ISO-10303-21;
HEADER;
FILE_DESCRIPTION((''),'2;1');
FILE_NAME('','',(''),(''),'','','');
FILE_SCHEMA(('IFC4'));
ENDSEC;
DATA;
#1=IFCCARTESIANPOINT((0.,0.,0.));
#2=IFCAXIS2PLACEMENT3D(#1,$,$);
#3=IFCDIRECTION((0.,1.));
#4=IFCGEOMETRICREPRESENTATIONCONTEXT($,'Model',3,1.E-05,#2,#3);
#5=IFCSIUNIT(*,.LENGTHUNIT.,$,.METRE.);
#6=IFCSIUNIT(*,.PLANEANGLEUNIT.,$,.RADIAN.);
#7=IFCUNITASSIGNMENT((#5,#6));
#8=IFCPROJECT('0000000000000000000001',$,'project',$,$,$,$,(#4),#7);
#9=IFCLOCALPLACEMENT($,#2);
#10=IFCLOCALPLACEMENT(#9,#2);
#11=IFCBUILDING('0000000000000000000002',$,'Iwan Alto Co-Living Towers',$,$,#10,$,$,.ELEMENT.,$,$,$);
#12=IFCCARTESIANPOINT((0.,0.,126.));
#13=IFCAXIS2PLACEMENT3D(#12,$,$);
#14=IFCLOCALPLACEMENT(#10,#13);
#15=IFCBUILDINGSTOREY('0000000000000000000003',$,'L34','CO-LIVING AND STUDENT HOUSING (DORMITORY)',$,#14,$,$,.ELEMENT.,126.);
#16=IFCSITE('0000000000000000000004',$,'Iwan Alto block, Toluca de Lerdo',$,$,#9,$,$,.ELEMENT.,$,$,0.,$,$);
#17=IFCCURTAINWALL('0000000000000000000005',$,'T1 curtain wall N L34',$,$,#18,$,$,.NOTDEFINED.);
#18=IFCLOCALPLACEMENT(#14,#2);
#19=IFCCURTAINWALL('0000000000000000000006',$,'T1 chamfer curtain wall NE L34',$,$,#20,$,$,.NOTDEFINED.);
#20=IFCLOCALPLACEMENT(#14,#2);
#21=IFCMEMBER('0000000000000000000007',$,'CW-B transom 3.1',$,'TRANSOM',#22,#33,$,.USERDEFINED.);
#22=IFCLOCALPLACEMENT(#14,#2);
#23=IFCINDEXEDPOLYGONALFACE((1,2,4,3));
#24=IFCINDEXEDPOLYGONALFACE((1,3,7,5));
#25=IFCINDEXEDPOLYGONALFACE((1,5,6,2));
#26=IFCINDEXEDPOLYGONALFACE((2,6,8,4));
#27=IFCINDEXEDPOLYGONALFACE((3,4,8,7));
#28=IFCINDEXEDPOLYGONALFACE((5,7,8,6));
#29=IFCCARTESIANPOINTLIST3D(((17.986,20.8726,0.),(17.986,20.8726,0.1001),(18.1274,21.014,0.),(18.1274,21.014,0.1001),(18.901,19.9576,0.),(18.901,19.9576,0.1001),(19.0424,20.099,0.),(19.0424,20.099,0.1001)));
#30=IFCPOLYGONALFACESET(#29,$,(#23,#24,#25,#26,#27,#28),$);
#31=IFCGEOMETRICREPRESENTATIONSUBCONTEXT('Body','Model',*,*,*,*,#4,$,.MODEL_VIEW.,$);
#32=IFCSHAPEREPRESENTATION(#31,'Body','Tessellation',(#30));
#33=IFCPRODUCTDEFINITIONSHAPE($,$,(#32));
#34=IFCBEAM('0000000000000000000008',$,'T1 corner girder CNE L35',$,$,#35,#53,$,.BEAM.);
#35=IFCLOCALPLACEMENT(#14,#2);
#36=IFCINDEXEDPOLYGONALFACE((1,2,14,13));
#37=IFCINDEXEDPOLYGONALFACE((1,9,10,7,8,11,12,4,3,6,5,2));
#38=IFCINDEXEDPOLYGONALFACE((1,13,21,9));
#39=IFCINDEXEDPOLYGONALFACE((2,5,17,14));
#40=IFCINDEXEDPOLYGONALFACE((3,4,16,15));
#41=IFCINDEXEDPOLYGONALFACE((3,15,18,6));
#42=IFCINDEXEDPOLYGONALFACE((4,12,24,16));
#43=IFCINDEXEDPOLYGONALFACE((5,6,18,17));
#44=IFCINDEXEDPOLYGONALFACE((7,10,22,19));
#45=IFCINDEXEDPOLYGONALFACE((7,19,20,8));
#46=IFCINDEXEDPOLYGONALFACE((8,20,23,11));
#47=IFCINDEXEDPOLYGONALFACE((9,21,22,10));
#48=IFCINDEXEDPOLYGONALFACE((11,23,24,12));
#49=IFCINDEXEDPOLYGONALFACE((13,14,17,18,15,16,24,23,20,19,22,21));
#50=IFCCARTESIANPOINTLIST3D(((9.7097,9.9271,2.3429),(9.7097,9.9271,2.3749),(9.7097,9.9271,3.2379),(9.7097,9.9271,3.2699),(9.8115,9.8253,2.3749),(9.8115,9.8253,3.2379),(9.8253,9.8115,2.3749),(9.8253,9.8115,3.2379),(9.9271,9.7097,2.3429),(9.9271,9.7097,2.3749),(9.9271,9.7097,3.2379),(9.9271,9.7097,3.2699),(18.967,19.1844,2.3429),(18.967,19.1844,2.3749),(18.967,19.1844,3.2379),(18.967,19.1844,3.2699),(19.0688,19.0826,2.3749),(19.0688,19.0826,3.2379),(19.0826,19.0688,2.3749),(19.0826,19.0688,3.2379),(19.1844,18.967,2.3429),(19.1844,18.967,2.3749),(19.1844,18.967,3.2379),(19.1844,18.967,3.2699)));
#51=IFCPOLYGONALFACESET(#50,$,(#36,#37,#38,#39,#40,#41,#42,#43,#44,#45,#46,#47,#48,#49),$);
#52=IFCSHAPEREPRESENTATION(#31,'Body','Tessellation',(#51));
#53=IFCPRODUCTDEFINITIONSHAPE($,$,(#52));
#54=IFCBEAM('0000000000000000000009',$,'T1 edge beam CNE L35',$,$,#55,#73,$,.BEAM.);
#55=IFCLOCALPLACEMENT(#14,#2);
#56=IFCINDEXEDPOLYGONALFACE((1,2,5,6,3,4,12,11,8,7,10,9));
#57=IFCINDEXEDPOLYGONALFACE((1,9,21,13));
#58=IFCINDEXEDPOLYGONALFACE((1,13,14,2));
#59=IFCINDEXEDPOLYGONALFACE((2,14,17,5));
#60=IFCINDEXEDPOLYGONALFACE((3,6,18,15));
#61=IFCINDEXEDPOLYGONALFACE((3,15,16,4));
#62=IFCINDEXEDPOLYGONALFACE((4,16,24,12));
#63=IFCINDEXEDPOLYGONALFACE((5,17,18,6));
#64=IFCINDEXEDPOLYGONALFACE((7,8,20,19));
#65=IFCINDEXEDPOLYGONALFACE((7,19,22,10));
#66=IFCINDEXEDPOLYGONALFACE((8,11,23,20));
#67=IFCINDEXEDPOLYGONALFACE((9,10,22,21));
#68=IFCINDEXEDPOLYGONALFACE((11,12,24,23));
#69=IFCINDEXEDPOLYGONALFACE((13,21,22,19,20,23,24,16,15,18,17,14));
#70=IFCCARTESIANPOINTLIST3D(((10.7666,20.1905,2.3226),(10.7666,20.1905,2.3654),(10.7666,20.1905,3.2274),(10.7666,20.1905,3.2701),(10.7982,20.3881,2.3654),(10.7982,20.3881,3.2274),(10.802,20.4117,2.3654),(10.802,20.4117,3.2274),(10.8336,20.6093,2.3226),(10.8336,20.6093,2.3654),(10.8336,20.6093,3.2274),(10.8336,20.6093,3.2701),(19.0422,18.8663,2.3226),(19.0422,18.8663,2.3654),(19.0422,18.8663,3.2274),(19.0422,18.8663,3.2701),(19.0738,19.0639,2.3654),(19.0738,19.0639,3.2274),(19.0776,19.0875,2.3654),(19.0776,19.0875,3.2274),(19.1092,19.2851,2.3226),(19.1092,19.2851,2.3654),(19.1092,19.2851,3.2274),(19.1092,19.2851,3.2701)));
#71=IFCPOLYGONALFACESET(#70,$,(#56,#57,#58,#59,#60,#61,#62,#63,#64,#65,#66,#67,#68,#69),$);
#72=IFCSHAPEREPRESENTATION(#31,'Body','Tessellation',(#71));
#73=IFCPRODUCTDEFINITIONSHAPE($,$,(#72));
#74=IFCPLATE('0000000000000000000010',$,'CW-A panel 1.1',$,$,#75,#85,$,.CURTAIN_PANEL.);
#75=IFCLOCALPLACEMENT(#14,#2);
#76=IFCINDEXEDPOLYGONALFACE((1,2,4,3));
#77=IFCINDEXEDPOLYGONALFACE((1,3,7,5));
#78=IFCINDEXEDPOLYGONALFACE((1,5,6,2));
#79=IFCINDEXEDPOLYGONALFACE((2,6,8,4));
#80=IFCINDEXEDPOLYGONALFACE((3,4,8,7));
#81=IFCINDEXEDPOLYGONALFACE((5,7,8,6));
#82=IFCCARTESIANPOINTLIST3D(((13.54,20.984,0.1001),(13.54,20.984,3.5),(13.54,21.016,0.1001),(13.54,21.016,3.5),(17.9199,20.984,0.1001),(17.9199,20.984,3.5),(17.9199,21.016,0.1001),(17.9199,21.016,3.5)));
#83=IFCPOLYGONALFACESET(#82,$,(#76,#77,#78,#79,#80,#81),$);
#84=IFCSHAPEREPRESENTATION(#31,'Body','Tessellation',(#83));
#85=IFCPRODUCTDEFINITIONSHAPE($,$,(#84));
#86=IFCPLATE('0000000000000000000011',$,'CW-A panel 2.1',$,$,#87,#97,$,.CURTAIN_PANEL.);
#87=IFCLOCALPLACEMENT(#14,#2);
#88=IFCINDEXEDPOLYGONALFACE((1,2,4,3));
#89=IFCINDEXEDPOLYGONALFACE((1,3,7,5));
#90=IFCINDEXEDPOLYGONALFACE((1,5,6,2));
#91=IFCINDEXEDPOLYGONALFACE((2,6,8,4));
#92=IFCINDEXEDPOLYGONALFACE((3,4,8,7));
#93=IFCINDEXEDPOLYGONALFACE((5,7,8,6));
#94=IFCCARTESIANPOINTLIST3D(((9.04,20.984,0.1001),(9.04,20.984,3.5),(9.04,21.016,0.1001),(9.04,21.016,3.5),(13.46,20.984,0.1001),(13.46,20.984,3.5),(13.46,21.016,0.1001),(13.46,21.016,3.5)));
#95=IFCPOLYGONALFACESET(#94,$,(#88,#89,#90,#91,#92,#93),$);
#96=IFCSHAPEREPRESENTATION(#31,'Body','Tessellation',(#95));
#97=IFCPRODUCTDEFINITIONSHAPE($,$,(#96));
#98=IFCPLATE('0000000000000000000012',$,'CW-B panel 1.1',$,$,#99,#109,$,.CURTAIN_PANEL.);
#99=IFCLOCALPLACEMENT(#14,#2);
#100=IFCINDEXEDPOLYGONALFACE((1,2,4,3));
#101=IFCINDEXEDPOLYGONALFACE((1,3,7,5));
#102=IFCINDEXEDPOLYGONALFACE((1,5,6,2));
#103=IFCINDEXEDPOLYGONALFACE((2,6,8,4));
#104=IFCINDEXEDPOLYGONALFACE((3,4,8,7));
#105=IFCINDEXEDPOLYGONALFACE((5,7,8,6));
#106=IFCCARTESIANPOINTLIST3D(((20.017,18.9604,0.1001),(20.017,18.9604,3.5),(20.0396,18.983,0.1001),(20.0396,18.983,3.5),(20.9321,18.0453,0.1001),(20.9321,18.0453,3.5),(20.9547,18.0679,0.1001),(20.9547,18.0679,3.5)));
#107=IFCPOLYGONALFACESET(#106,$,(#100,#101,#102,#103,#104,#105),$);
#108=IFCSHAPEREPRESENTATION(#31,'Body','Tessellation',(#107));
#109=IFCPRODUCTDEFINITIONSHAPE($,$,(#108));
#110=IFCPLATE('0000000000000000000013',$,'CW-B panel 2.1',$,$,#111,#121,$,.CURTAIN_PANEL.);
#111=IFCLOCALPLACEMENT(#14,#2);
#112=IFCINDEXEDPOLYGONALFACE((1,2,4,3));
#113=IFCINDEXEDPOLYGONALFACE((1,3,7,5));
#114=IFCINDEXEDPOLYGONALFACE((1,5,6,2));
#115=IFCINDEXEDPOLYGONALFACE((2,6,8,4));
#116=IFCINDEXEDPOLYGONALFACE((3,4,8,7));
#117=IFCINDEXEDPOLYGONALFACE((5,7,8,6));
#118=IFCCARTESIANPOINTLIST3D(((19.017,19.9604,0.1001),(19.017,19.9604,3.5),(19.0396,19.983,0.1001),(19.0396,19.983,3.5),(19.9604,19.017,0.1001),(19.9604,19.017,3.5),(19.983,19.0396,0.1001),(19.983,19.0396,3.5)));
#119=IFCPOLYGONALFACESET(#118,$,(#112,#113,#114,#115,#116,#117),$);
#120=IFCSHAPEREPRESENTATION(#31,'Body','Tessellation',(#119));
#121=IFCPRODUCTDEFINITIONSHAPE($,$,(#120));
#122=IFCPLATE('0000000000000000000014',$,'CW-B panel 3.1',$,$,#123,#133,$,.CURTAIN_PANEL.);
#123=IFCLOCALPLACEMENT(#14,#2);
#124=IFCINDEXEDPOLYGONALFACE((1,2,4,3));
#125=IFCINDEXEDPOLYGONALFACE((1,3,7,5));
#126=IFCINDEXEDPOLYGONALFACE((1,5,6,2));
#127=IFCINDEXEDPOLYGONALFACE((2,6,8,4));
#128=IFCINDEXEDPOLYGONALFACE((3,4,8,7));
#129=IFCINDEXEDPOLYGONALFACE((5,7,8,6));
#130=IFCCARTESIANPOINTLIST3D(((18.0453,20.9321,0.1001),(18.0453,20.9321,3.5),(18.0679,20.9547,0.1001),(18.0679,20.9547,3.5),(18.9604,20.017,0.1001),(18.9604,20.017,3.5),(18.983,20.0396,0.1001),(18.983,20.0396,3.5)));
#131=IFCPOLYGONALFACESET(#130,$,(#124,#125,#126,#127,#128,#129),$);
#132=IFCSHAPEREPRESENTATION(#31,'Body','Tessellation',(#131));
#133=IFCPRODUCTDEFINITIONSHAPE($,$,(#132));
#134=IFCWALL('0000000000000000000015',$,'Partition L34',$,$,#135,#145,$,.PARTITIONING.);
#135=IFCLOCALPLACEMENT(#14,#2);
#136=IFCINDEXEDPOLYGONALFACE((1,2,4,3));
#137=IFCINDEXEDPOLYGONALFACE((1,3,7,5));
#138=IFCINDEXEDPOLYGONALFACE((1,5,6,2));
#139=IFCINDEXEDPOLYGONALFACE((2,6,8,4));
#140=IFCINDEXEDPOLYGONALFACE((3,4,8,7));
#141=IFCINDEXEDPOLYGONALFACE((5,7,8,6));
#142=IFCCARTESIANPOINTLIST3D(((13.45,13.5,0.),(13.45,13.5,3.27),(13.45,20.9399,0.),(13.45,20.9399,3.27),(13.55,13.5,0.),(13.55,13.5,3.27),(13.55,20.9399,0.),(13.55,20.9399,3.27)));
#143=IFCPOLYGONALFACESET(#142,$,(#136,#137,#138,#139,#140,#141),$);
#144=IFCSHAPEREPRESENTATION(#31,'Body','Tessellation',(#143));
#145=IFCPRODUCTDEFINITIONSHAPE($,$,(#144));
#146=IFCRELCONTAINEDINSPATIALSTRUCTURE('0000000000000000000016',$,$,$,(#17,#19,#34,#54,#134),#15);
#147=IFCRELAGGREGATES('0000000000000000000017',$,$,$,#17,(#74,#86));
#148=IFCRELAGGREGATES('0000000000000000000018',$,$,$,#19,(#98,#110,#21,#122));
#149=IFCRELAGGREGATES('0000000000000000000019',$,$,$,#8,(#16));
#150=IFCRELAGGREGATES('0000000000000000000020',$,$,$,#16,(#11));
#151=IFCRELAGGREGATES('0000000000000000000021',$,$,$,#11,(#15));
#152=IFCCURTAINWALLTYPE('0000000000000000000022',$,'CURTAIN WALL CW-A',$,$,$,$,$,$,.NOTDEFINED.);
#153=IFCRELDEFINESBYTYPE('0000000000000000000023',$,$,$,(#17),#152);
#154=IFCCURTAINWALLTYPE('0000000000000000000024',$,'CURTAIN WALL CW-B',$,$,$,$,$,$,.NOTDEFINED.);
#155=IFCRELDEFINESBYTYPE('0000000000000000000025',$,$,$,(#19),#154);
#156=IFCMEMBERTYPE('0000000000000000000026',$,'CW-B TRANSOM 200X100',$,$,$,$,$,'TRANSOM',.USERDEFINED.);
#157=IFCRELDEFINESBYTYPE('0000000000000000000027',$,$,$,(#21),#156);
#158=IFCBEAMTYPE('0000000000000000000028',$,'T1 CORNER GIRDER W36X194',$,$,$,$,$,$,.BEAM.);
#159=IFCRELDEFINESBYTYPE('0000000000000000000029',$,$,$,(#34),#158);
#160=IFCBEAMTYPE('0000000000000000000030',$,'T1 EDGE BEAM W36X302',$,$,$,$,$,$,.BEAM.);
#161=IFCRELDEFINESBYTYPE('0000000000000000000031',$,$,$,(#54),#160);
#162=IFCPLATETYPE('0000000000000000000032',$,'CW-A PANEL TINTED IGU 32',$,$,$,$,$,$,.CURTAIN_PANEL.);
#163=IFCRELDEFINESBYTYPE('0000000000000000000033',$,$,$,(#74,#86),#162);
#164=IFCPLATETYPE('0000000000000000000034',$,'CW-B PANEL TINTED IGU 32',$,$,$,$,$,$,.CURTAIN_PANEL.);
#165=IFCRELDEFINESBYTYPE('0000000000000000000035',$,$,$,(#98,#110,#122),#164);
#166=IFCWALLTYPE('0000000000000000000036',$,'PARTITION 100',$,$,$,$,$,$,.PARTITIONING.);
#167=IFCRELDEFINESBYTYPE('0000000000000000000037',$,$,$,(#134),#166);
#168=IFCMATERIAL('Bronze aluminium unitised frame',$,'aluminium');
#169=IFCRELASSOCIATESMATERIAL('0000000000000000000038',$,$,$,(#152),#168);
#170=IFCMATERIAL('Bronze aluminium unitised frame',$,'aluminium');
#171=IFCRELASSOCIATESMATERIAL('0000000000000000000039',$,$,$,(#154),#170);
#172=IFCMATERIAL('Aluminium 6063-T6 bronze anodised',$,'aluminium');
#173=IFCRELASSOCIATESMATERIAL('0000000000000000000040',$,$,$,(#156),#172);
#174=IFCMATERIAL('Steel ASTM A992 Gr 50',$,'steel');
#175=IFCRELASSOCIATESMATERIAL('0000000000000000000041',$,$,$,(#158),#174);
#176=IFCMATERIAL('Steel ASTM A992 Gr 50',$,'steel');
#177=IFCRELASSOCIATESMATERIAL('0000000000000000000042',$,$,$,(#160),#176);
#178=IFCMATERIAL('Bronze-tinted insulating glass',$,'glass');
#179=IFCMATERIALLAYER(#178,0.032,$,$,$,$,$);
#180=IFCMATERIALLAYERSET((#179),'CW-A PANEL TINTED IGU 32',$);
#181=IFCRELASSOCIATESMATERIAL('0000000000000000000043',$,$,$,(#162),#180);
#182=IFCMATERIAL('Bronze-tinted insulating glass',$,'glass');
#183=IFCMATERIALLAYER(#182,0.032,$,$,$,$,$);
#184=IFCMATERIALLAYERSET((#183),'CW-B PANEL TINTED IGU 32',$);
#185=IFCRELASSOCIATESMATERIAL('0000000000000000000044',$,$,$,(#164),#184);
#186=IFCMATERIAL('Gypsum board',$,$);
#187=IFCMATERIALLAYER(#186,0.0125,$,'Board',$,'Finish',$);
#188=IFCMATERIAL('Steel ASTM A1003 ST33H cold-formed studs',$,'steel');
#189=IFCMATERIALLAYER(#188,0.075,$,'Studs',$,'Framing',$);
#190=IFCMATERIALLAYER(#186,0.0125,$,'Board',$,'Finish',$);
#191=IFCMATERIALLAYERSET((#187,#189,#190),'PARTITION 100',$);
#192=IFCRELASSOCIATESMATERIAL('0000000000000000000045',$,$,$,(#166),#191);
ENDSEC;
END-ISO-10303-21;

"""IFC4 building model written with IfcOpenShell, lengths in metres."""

from ifc_helpers import new_model, si_unit, direction, frame, frame_2d, origin, origin_2d, place, context, subcontext, project, spatial, rectangle, i_section, extrude, material, layer, layer_set, material_profile, profile_set, type_object, element, aggregate, save


model = new_model("IFC4")

# Units and contexts
model_context = context("Model", 3, precision=1e-05, world=origin(), true_north=direction((0.0, 1.0)))
body_context = subcontext(model_context, "Body", "Model", "MODEL_VIEW")
ifc_project = project(units=[si_unit("LENGTHUNIT", "METRE"), si_unit("PLANEANGLEUNIT", "RADIAN")], contexts=[model_context])

# Site, building, storey
site_placement = place(None, origin())
site = spatial("IfcSite", under=ifc_project, at=site_placement, Name="Iwan Alto block, Toluca de Lerdo", CompositionType="ELEMENT", RefElevation=0.0)
building_placement = place(site_placement, origin())
building = spatial("IfcBuilding", under=site, at=building_placement, Name="Iwan Alto Co-Living Towers", CompositionType="ELEMENT")
storey_placement = place(building_placement, frame((0.0, 0.0, 126.0)))
storey = spatial("IfcBuildingStorey", under=building, at=storey_placement, Name="L34", Description="CO-LIVING AND STUDENT HOUSING (DORMITORY)", CompositionType="ELEMENT", Elevation=126.0)

# Curtain walls, member
ifc_material_1 = material(Name="Bronze aluminium unitised frame", Category="aluminium")
curtain_wall_type_1 = type_object("IfcCurtainWallType", Name="CURTAIN WALL CW-A", PredefinedType="NOTDEFINED", material=ifc_material_1)
curtain_wall_1_placement = place(storey_placement, origin())
curtain_wall_1 = element("IfcCurtainWall", 1, at=curtain_wall_1_placement, inside=storey, type_object=curtain_wall_type_1, Name="T1 curtain wall N L34", PredefinedType="NOTDEFINED")
ifc_material_2 = material(Name="Bronze aluminium unitised frame", Category="aluminium")
curtain_wall_type_2 = type_object("IfcCurtainWallType", Name="CURTAIN WALL CW-B", PredefinedType="NOTDEFINED", material=ifc_material_2)
curtain_wall_2_placement = place(storey_placement, origin())
curtain_wall_2 = element("IfcCurtainWall", 2, at=curtain_wall_2_placement, inside=storey, type_object=curtain_wall_type_2, Name="T1 chamfer curtain wall NE L34", PredefinedType="NOTDEFINED")
ifc_material_3 = material(Name="Aluminium 6063-T6 bronze anodised", Category="aluminium")
ifc_material_profile_1 = material_profile(ifc_material_3, rectangle(XDim=0.2, YDim=0.1001, at=origin_2d()), Name="AL 200X100")
ifc_profile_set_1 = profile_set([ifc_material_profile_1], Name="Aluminium 6063-T6 bronze anodised")
member_type_1 = type_object("IfcMemberType", Name="CW-B TRANSOM 200X100", ElementType="TRANSOM", PredefinedType="USERDEFINED", material=ifc_profile_set_1)
member_1_placement = place(storey_placement, frame((18.9717, 20.0283, 0.05), z_axis=(-0.707107, 0.707107, 0.0), x_axis=(-0.707107, -0.707107, 0.0)))
member_1 = element("IfcMember", 3, at=member_1_placement, type_object=member_type_1, Name="CW-B transom 3.1", ObjectType="TRANSOM", PredefinedType="USERDEFINED", context=body_context, shape_type="SweptSolid", body=[
    extrude(rectangle(XDim=0.2, YDim=0.1001, at=origin_2d()), origin(), (0.0, 0.0, 1.0), 1.2939),
])

# Beams
ifc_material_4 = material(Name="Steel ASTM A992 Gr 50", Category="steel")
ifc_material_profile_2 = material_profile(ifc_material_4, i_section(OverallWidth=0.3074, OverallDepth=0.927, WebThickness=0.0195, FlangeThickness=0.032, at=origin_2d()), Name="W36X194")
ifc_profile_set_2 = profile_set([ifc_material_profile_2], Name="Steel ASTM A992 Gr 50")
beam_type_1 = type_object("IfcBeamType", Name="T1 CORNER GIRDER W36X194", PredefinedType="BEAM", material=ifc_profile_set_2)
beam_1_placement = place(storey_placement, frame((19.0757, 19.0757, 2.8064), z_axis=(-0.707107, -0.707107, 0.0), x_axis=(0.707107, -0.707107, 0.0)))
element("IfcBeam", 4, at=beam_1_placement, inside=storey, type_object=beam_type_1, Name="T1 corner girder CNE L35", PredefinedType="BEAM", context=body_context, shape_type="SweptSolid", body=[
    extrude(i_section(OverallWidth=0.3074, OverallDepth=0.927, WebThickness=0.0195, FlangeThickness=0.032, at=origin_2d()), origin(), (0.0, 0.0, 1.0), 13.0918),
])
ifc_material_5 = material(Name="Steel ASTM A992 Gr 50", Category="steel")
ifc_material_profile_3 = material_profile(ifc_material_5, i_section(OverallWidth=0.4241, OverallDepth=0.9475, WebThickness=0.0239, FlangeThickness=0.0427, at=origin_2d()), Name="W36X302")
ifc_profile_set_3 = profile_set([ifc_material_profile_3], Name="Steel ASTM A992 Gr 50")
beam_type_2 = type_object("IfcBeamType", Name="T1 EDGE BEAM W36X302", PredefinedType="BEAM", material=ifc_profile_set_3)
beam_2_placement = place(storey_placement, frame((19.0757, 19.0757, 2.7964), z_axis=(-0.987438, 0.158004, 0.0), x_axis=(-0.158004, -0.987438, 0.0)))
element("IfcBeam", 5, at=beam_2_placement, inside=storey, type_object=beam_type_2, Name="T1 edge beam CNE L35", PredefinedType="BEAM", context=body_context, shape_type="SweptSolid", body=[
    extrude(i_section(OverallWidth=0.4241, OverallDepth=0.9475, WebThickness=0.0239, FlangeThickness=0.0427, at=origin_2d()), origin(), (0.0, 0.0, 1.0), 8.3809),
])

# Plates
ifc_material_6 = material(Name="Bronze-tinted insulating glass", Category="glass")
ifc_layer_1 = layer(ifc_material_6, 0.032)
ifc_layer_set_1 = layer_set([ifc_layer_1], Name="CW-A PANEL TINTED IGU 32")
plate_type_1 = type_object("IfcPlateType", Name="CW-A PANEL TINTED IGU 32", PredefinedType="CURTAIN_PANEL", material=ifc_layer_set_1)
plate_1_placement = place(storey_placement, frame((15.73, 21.0, 0.1001), z_axis=(0.0, 0.0, 1.0), x_axis=(-1.0, 0.0, 0.0)))
plate_1 = element("IfcPlate", 6, at=plate_1_placement, type_object=plate_type_1, Name="CW-A panel 1.1", PredefinedType="CURTAIN_PANEL", context=body_context, shape_type="SweptSolid", body=[
    extrude(rectangle(XDim=4.3799, YDim=0.032, at=origin_2d()), origin(), (0.0, 0.0, 1.0), 3.3999),
])
plate_2_placement = place(storey_placement, frame((11.25, 21.0, 0.1001), z_axis=(0.0, 0.0, 1.0), x_axis=(-1.0, 0.0, 0.0)))
plate_2 = element("IfcPlate", 7, at=plate_2_placement, type_object=plate_type_1, Name="CW-A panel 2.1", PredefinedType="CURTAIN_PANEL", context=body_context, shape_type="SweptSolid", body=[
    extrude(rectangle(XDim=4.4199, YDim=0.032, at=origin_2d()), origin(), (0.0, 0.0, 1.0), 3.3999),
])
aggregate(curtain_wall_1, [plate_1, plate_2])
ifc_material_7 = material(Name="Bronze-tinted insulating glass", Category="glass")
ifc_layer_2 = layer(ifc_material_7, 0.032)
ifc_layer_set_2 = layer_set([ifc_layer_2], Name="CW-B PANEL TINTED IGU 32")
plate_type_2 = type_object("IfcPlateType", Name="CW-B PANEL TINTED IGU 32", PredefinedType="CURTAIN_PANEL", material=ifc_layer_set_2)
plate_3_placement = place(storey_placement, frame((20.4858, 18.5142, 0.1001), z_axis=(0.0, 0.0, 1.0), x_axis=(-0.707107, 0.707107, 0.0)))
plate_3 = element("IfcPlate", 8, at=plate_3_placement, type_object=plate_type_2, Name="CW-B panel 1.1", PredefinedType="CURTAIN_PANEL", context=body_context, shape_type="SweptSolid", body=[
    extrude(rectangle(XDim=1.2942, YDim=0.032, at=origin_2d()), origin(), (0.0, 0.0, 1.0), 3.3999),
])
plate_4_placement = place(storey_placement, frame((19.5, 19.5, 0.1001), z_axis=(0.0, 0.0, 1.0), x_axis=(-0.707107, 0.707107, 0.0)))
plate_4 = element("IfcPlate", 9, at=plate_4_placement, type_object=plate_type_2, Name="CW-B panel 2.1", PredefinedType="CURTAIN_PANEL", context=body_context, shape_type="SweptSolid", body=[
    extrude(rectangle(XDim=1.3342, YDim=0.032, at=origin_2d()), origin(), (0.0, 0.0, 1.0), 3.3999),
])
plate_5_placement = place(storey_placement, frame((18.5142, 20.4858, 0.1001), z_axis=(0.0, 0.0, 1.0), x_axis=(-0.707107, 0.707107, 0.0)))
plate_5 = element("IfcPlate", 10, at=plate_5_placement, type_object=plate_type_2, Name="CW-B panel 3.1", PredefinedType="CURTAIN_PANEL", context=body_context, shape_type="SweptSolid", body=[
    extrude(rectangle(XDim=1.2942, YDim=0.032, at=origin_2d()), origin(), (0.0, 0.0, 1.0), 3.3999),
])
aggregate(curtain_wall_2, [plate_3, plate_4, member_1, plate_5])

# Wall
ifc_material_8 = material(Name="Gypsum board")
ifc_layer_3 = layer(ifc_material_8, 0.0125, Name="Board", Category="Finish")
ifc_material_9 = material(Name="Steel ASTM A1003 ST33H cold-formed studs", Category="steel")
ifc_layer_4 = layer(ifc_material_9, 0.075, Name="Studs", Category="Framing")
ifc_layer_5 = layer(ifc_material_8, 0.0125, Name="Board", Category="Finish")
ifc_layer_set_3 = layer_set([ifc_layer_3, ifc_layer_4, ifc_layer_5], Name="PARTITION 100")
wall_type = type_object("IfcWallType", Name="PARTITION 100", PredefinedType="PARTITIONING", material=ifc_layer_set_3)
wall_placement = place(storey_placement, frame((13.5, 13.5, 0.0), z_axis=(0.0, 0.0, 1.0), x_axis=(0.0, 1.0, 0.0)))
element("IfcWall", 11, at=wall_placement, inside=storey, type_object=wall_type, Name="Partition L34", PredefinedType="PARTITIONING", context=body_context, shape_type="SweptSolid", body=[
    extrude(rectangle(XDim=7.4399, YDim=0.1001, at=frame_2d((3.72, 0.0))), origin(), (0.0, 0.0, 1.0), 3.27),
])

save(model, "model.ifc")
